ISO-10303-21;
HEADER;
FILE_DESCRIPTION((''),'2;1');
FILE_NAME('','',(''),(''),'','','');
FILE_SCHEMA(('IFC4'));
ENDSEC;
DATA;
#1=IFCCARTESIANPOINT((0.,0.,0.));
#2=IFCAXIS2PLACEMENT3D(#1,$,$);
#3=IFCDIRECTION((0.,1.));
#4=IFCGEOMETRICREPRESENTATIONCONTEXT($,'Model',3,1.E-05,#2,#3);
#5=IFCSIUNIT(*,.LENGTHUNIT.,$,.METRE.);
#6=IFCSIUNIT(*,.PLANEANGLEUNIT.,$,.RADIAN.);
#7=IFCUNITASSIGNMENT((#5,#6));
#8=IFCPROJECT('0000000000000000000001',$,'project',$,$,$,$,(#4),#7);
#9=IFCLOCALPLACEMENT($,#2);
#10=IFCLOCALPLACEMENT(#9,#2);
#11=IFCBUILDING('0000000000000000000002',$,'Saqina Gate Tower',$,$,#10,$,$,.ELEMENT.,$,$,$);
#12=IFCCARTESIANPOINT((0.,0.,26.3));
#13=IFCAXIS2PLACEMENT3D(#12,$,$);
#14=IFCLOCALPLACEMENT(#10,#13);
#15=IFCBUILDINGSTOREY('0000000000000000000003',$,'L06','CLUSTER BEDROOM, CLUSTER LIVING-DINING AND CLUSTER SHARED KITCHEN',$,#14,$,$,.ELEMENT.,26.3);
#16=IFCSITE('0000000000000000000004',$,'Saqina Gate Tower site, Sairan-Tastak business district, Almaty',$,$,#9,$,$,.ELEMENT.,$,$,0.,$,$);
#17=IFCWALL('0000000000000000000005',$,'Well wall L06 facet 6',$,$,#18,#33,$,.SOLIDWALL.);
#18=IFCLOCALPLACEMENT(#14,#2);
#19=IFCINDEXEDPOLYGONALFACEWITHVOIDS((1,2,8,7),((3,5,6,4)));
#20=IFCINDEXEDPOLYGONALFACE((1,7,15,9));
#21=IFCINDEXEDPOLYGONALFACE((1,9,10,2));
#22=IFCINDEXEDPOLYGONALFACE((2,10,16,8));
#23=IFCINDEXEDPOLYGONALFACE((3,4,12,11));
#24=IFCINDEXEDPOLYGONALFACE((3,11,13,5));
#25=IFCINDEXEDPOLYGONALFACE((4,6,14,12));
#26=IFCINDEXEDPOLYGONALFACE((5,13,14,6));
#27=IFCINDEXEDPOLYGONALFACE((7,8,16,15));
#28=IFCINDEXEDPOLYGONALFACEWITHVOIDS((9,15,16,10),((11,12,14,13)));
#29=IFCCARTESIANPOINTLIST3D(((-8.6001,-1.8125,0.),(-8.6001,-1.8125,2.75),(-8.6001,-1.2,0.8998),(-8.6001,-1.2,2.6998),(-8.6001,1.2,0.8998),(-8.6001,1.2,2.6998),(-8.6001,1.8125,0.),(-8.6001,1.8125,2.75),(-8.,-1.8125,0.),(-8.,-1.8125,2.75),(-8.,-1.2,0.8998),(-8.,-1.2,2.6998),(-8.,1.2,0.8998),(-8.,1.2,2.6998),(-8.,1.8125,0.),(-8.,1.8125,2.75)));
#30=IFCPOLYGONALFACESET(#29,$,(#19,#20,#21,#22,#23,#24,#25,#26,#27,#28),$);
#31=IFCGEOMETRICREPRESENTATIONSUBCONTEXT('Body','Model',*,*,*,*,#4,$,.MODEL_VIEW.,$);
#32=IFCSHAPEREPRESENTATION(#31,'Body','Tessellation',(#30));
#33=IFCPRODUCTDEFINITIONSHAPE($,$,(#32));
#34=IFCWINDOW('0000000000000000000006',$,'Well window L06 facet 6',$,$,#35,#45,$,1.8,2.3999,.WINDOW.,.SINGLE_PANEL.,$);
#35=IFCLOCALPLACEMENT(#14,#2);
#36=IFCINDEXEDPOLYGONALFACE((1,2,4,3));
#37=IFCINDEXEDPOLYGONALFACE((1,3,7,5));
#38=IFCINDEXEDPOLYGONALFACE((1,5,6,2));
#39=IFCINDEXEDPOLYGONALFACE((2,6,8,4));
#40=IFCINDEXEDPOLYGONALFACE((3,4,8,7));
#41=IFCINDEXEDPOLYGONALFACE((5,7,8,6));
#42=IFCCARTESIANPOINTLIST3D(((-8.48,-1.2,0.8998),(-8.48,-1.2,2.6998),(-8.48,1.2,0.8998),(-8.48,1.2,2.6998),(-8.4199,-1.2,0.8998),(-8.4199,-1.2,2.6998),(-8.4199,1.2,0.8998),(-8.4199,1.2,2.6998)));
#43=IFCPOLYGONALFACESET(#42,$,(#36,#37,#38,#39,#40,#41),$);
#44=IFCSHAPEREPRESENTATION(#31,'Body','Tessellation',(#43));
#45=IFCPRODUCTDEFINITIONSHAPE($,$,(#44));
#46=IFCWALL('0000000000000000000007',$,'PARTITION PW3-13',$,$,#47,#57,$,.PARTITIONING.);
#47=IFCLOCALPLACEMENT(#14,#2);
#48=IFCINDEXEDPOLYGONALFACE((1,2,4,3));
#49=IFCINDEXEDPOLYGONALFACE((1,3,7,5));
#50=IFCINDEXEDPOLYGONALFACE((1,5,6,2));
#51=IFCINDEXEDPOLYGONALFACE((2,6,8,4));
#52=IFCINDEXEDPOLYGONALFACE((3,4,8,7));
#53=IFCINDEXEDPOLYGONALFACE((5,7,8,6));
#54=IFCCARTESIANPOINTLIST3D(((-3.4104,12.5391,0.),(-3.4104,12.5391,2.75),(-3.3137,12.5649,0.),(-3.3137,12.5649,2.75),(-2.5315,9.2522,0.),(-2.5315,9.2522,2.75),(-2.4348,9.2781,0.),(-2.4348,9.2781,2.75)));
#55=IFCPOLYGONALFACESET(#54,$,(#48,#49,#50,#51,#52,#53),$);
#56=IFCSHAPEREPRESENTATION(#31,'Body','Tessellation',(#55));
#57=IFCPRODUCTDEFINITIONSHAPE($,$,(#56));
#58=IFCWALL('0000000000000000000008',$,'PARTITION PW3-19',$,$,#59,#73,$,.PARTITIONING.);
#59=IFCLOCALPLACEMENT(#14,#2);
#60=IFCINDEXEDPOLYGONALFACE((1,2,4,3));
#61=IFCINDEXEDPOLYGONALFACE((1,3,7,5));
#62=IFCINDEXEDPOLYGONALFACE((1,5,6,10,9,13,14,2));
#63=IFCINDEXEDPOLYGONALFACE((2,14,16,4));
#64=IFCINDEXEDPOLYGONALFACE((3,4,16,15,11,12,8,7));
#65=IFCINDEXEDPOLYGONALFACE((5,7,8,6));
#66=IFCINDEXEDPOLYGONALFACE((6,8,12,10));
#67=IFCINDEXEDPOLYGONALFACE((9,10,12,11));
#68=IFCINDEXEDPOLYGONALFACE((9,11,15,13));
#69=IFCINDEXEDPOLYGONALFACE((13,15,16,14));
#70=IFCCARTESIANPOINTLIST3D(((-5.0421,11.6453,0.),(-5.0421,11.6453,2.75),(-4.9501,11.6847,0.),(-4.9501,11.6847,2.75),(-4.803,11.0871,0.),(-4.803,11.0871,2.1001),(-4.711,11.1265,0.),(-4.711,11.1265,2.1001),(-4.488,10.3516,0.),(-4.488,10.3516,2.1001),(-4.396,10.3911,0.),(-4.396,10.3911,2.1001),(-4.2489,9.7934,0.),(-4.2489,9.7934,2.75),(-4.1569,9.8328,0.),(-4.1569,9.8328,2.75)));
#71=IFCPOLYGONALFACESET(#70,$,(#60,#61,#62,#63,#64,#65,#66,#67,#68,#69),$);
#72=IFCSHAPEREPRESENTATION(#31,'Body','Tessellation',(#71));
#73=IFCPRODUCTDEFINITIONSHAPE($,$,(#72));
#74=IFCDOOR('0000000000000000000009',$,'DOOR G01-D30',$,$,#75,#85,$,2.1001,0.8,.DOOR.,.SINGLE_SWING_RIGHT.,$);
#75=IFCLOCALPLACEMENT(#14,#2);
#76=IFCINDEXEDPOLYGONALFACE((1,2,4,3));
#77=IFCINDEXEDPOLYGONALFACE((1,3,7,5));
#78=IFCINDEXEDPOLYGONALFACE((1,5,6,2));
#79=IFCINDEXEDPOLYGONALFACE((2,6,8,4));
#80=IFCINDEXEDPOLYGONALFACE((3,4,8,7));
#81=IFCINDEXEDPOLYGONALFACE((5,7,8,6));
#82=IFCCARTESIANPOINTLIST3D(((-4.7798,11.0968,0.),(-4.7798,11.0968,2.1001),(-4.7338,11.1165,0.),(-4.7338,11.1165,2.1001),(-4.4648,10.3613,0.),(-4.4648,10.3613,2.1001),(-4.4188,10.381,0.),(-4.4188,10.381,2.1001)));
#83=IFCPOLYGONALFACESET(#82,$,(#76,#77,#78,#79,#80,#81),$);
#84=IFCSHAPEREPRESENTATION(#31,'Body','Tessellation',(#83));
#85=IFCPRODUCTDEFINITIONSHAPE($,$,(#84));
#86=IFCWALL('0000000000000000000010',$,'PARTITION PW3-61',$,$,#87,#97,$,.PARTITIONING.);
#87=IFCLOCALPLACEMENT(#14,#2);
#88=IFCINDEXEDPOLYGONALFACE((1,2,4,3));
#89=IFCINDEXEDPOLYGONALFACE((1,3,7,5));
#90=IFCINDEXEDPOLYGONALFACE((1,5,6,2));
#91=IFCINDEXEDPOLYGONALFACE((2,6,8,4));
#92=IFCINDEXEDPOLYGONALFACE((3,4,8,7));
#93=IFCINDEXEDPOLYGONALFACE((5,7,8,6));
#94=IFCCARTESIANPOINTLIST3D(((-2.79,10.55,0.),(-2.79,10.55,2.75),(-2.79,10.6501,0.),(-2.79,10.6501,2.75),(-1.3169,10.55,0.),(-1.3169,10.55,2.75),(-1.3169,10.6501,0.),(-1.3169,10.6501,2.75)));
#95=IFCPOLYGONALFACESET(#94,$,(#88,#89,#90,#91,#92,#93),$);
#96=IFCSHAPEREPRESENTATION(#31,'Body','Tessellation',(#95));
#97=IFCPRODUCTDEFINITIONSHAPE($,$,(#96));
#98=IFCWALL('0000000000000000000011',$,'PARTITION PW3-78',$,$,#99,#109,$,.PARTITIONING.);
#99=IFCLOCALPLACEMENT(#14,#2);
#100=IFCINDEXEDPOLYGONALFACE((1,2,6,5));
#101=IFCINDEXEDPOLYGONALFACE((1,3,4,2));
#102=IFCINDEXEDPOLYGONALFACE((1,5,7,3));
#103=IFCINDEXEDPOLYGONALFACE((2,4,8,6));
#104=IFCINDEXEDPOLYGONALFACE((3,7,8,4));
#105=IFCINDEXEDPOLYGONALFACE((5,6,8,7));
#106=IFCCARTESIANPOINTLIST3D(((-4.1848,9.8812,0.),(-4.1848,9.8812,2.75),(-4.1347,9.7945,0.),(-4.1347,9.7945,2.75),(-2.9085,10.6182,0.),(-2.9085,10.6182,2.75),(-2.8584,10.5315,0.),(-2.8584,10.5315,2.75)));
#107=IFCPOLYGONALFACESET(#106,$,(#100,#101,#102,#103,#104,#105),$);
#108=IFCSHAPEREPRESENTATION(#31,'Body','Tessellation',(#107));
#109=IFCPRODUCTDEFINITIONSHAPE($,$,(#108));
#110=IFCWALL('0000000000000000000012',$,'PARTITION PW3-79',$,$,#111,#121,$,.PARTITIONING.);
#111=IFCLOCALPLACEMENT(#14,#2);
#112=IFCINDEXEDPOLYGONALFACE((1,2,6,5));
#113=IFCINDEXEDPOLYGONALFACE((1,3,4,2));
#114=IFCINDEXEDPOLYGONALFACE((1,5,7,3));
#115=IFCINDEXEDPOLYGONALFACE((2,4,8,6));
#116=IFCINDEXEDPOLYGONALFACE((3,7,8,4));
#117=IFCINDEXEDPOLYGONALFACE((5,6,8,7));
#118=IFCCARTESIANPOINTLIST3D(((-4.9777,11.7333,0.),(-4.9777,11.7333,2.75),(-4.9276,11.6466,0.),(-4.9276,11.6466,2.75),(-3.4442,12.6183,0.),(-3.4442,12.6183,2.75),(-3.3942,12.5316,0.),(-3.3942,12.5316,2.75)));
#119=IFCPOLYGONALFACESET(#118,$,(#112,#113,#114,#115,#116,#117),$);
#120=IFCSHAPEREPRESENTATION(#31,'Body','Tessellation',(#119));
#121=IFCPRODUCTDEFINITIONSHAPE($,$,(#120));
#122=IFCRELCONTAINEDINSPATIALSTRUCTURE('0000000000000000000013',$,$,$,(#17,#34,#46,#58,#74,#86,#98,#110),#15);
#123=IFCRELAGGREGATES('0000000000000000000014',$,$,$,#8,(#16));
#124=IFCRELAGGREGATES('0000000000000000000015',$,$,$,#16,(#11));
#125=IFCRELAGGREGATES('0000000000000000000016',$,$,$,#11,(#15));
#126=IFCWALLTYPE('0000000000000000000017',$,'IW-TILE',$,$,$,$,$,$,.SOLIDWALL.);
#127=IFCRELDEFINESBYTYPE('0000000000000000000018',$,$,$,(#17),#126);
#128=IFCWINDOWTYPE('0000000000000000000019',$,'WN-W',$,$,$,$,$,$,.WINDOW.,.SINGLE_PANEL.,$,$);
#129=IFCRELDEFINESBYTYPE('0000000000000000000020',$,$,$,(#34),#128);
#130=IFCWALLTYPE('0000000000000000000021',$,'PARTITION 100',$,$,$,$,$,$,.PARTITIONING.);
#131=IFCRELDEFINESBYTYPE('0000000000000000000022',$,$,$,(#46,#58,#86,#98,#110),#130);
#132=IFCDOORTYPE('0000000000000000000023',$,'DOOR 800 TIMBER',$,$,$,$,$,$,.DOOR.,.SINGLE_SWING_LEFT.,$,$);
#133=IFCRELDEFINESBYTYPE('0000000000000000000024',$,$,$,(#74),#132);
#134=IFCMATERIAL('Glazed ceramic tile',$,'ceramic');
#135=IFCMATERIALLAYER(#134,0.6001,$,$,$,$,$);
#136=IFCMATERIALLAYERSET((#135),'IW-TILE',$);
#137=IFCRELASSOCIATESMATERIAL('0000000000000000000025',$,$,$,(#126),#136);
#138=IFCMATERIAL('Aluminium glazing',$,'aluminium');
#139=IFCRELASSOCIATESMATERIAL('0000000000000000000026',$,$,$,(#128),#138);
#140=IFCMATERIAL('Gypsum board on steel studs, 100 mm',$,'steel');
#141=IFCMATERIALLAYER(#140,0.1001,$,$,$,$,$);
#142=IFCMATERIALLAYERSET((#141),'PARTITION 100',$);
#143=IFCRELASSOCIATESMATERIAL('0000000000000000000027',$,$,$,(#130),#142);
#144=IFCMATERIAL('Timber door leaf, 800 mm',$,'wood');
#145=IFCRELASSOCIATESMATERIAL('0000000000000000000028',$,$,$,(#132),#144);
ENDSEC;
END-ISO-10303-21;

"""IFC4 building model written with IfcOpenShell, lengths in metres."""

from ifc_helpers import new_model, si_unit, direction, frame, frame_2d, origin, place, context, subcontext, project, spatial, rectangle, extrude, material, layer, layer_set, type_object, element, fill, save


model = new_model("IFC4")

# Units and contexts
model_context = context("Model", 3, precision=1e-05, world=origin(), true_north=direction((0.0, 1.0)))
body_context = subcontext(model_context, "Body", "Model", "MODEL_VIEW")
ifc_project = project(units=[si_unit("LENGTHUNIT", "METRE"), si_unit("PLANEANGLEUNIT", "RADIAN")], contexts=[model_context])

# Site, building, storey
site_placement = place(None, origin())
site = spatial("IfcSite", under=ifc_project, at=site_placement, Name="Saqina Gate Tower site, Sairan-Tastak business district, Almaty", CompositionType="ELEMENT", RefElevation=0.0)
building_placement = place(site_placement, origin())
building = spatial("IfcBuilding", under=site, at=building_placement, Name="Saqina Gate Tower", CompositionType="ELEMENT")
storey_placement = place(building_placement, frame((0.0, 0.0, 26.3)))
storey = spatial("IfcBuildingStorey", under=building, at=storey_placement, Name="L06", Description="CLUSTER BEDROOM, CLUSTER LIVING-DINING AND CLUSTER SHARED KITCHEN", CompositionType="ELEMENT", Elevation=26.3)

# Wall, opening, window
ifc_material_1 = material(Name="Glazed ceramic tile", Category="ceramic")
ifc_layer_1 = layer(ifc_material_1, 0.6001)
ifc_layer_set_1 = layer_set([ifc_layer_1], Name="IW-TILE")
wall_type_1 = type_object("IfcWallType", Name="IW-TILE", PredefinedType="SOLIDWALL", material=ifc_layer_set_1)
ifc_material_2 = material(Name="Aluminium glazing", Category="aluminium")
window_type = type_object("IfcWindowType", Name="WN-W", PartitioningType="SINGLE_PANEL", PredefinedType="WINDOW", material=ifc_material_2)
wall_1_placement = place(storey_placement, frame((-8.3, 1.8125, 0.0), z_axis=(0.0, 0.0, 1.0), x_axis=(0.0, -1.0, 0.0)))
wall_1 = element("IfcWall", 1, at=wall_1_placement, inside=storey, type_object=wall_type_1, Name="Well wall L06 facet 6", PredefinedType="SOLIDWALL", context=body_context, shape_type="SweptSolid", body=[
    extrude(rectangle(XDim=3.625, YDim=0.6001, at=frame_2d((1.8125, 0.0))), origin(), (0.0, 0.0, 1.0), 2.75),
])
opening_1_placement = place(wall_1_placement, frame((0.6125, 0.0, 0.8999)))
opening_1 = element("IfcOpeningElement", 2, at=opening_1_placement, cuts=wall_1, PredefinedType="OPENING", context=body_context, shape_type="SweptSolid", body=[
    extrude(rectangle(XDim=2.3999, YDim=1.8, at=frame_2d((1.2, 0.8999))), frame((0.0, 0.312, 0.0), z_axis=(0.0, -1.0, 0.0), x_axis=(1.0, 0.0, 0.0)), (0.0, 0.0, 1.0), 0.624),
])
window_1_placement = place(opening_1_placement, origin())
window_1 = element("IfcWindow", 3, at=window_1_placement, inside=storey, type_object=window_type, Name="Well window L06 facet 6", OverallHeight=1.8, OverallWidth=2.3999, PartitioningType="SINGLE_PANEL", PredefinedType="WINDOW", context=body_context, shape_type="SweptSolid", body=[
    extrude(rectangle(XDim=2.3999, YDim=1.8, at=frame_2d((1.2, 0.8999))), frame((0.0, -0.1199, 0.0), z_axis=(0.0, -1.0, 0.0), x_axis=(1.0, 0.0, 0.0)), (0.0, 0.0, 1.0), 0.0601),
])
fill(opening_1, window_1)

# Wall
ifc_material_3 = material(Name="Gypsum board on steel studs, 100 mm", Category="steel")
ifc_layer_2 = layer(ifc_material_3, 0.1001)
ifc_layer_set_2 = layer_set([ifc_layer_2], Name="PARTITION 100")
wall_type_2 = type_object("IfcWallType", Name="PARTITION 100", PredefinedType="PARTITIONING", material=ifc_layer_set_2)
wall_2_placement = place(storey_placement, frame((-3.3621, 12.552, 0.0), z_axis=(0.0, 0.0, 1.0), x_axis=(0.258324, -0.966058, 0.0)))
element("IfcWall", 4, at=wall_2_placement, inside=storey, type_object=wall_type_2, Name="PARTITION PW3-13", PredefinedType="PARTITIONING", context=body_context, shape_type="SweptSolid", body=[
    extrude(rectangle(XDim=3.4023, YDim=0.1001, at=frame_2d((1.7012, 0.0))), origin(), (0.0, 0.0, 1.0), 2.75),
])

# Wall, opening, door
wall_3_placement = place(storey_placement, frame((-4.9961, 11.665, 0.0), z_axis=(0.0, 0.0, 1.0), x_axis=(0.3937, -0.919239, 0.0)))
wall_3 = element("IfcWall", 5, at=wall_3_placement, inside=storey, type_object=wall_type_2, Name="PARTITION PW3-19", PredefinedType="PARTITIONING", context=body_context, shape_type="SweptSolid", body=[
    extrude(rectangle(XDim=2.0146, YDim=0.1001, at=frame_2d((1.0073, 0.0))), origin(), (0.0, 0.0, 1.0), 2.75),
])
opening_2_placement = place(wall_3_placement, frame((0.6074, 0.0, 0.0)))
opening_2 = element("IfcOpeningElement", 6, at=opening_2_placement, cuts=wall_3, PredefinedType="OPENING", context=body_context, shape_type="SweptSolid", body=[
    extrude(rectangle(XDim=0.8, YDim=2.1001, at=frame_2d((0.3999, 1.05))), frame((0.0, 0.062, 0.0), z_axis=(0.0, -1.0, 0.0), x_axis=(1.0, 0.0, 0.0)), (0.0, 0.0, 1.0), 0.124),
])
ifc_material_4 = material(Name="Timber door leaf, 800 mm", Category="wood")
door_type = type_object("IfcDoorType", Name="DOOR 800 TIMBER", OperationType="SINGLE_SWING_LEFT", PredefinedType="DOOR", material=ifc_material_4)
door_placement = place(opening_2_placement, frame((0.8, 0.0, 0.0), z_axis=(0.0, 0.0, 1.0), x_axis=(-1.0, 0.0, 0.0)))
door = element("IfcDoor", 7, at=door_placement, inside=storey, type_object=door_type, Name="DOOR G01-D30", OperationType="SINGLE_SWING_RIGHT", OverallHeight=2.1001, OverallWidth=0.8, PredefinedType="DOOR", context=body_context, shape_type="SweptSolid", body=[
    extrude(rectangle(XDim=0.8, YDim=2.1001, at=frame_2d((0.3999, 1.05))), frame((0.0, 0.0249, 0.0), z_axis=(0.0, -1.0, 0.0), x_axis=(1.0, 0.0, 0.0)), (0.0, 0.0, 1.0), 0.05),
])
fill(opening_2, door)

# Walls
wall_4_placement = place(storey_placement, frame((-2.79, 10.6001, 0.0), z_axis=(0.0, 0.0, 1.0), x_axis=(1.0, 0.0, 0.0)))
element("IfcWall", 8, at=wall_4_placement, inside=storey, type_object=wall_type_2, Name="PARTITION PW3-61", PredefinedType="PARTITIONING", context=body_context, shape_type="SweptSolid", body=[
    extrude(rectangle(XDim=1.4731, YDim=0.1001, at=frame_2d((0.7366, 0.0))), origin(), (0.0, 0.0, 1.0), 2.75),
])
wall_5_placement = place(storey_placement, frame((-4.1597, 9.8379, 0.0), z_axis=(0.0, 0.0, 1.0), x_axis=(0.865981, 0.500076, 0.0)))
element("IfcWall", 9, at=wall_5_placement, inside=storey, type_object=wall_type_2, Name="PARTITION PW3-78", PredefinedType="PARTITIONING", context=body_context, shape_type="SweptSolid", body=[
    extrude(rectangle(XDim=1.4739, YDim=0.1001, at=frame_2d((0.7368, 0.0))), origin(), (0.0, 0.0, 1.0), 2.75),
])
wall_6_placement = place(storey_placement, frame((-4.9526, 11.6899, 0.0), z_axis=(0.0, 0.0, 1.0), x_axis=(0.866105, 0.499862, 0.0)))
element("IfcWall", 10, at=wall_6_placement, inside=storey, type_object=wall_type_2, Name="PARTITION PW3-79", PredefinedType="PARTITIONING", context=body_context, shape_type="SweptSolid", body=[
    extrude(rectangle(XDim=1.7705, YDim=0.1001, at=frame_2d((0.8853, 0.0))), origin(), (0.0, 0.0, 1.0), 2.75),
])

save(model, "model.ifc")
